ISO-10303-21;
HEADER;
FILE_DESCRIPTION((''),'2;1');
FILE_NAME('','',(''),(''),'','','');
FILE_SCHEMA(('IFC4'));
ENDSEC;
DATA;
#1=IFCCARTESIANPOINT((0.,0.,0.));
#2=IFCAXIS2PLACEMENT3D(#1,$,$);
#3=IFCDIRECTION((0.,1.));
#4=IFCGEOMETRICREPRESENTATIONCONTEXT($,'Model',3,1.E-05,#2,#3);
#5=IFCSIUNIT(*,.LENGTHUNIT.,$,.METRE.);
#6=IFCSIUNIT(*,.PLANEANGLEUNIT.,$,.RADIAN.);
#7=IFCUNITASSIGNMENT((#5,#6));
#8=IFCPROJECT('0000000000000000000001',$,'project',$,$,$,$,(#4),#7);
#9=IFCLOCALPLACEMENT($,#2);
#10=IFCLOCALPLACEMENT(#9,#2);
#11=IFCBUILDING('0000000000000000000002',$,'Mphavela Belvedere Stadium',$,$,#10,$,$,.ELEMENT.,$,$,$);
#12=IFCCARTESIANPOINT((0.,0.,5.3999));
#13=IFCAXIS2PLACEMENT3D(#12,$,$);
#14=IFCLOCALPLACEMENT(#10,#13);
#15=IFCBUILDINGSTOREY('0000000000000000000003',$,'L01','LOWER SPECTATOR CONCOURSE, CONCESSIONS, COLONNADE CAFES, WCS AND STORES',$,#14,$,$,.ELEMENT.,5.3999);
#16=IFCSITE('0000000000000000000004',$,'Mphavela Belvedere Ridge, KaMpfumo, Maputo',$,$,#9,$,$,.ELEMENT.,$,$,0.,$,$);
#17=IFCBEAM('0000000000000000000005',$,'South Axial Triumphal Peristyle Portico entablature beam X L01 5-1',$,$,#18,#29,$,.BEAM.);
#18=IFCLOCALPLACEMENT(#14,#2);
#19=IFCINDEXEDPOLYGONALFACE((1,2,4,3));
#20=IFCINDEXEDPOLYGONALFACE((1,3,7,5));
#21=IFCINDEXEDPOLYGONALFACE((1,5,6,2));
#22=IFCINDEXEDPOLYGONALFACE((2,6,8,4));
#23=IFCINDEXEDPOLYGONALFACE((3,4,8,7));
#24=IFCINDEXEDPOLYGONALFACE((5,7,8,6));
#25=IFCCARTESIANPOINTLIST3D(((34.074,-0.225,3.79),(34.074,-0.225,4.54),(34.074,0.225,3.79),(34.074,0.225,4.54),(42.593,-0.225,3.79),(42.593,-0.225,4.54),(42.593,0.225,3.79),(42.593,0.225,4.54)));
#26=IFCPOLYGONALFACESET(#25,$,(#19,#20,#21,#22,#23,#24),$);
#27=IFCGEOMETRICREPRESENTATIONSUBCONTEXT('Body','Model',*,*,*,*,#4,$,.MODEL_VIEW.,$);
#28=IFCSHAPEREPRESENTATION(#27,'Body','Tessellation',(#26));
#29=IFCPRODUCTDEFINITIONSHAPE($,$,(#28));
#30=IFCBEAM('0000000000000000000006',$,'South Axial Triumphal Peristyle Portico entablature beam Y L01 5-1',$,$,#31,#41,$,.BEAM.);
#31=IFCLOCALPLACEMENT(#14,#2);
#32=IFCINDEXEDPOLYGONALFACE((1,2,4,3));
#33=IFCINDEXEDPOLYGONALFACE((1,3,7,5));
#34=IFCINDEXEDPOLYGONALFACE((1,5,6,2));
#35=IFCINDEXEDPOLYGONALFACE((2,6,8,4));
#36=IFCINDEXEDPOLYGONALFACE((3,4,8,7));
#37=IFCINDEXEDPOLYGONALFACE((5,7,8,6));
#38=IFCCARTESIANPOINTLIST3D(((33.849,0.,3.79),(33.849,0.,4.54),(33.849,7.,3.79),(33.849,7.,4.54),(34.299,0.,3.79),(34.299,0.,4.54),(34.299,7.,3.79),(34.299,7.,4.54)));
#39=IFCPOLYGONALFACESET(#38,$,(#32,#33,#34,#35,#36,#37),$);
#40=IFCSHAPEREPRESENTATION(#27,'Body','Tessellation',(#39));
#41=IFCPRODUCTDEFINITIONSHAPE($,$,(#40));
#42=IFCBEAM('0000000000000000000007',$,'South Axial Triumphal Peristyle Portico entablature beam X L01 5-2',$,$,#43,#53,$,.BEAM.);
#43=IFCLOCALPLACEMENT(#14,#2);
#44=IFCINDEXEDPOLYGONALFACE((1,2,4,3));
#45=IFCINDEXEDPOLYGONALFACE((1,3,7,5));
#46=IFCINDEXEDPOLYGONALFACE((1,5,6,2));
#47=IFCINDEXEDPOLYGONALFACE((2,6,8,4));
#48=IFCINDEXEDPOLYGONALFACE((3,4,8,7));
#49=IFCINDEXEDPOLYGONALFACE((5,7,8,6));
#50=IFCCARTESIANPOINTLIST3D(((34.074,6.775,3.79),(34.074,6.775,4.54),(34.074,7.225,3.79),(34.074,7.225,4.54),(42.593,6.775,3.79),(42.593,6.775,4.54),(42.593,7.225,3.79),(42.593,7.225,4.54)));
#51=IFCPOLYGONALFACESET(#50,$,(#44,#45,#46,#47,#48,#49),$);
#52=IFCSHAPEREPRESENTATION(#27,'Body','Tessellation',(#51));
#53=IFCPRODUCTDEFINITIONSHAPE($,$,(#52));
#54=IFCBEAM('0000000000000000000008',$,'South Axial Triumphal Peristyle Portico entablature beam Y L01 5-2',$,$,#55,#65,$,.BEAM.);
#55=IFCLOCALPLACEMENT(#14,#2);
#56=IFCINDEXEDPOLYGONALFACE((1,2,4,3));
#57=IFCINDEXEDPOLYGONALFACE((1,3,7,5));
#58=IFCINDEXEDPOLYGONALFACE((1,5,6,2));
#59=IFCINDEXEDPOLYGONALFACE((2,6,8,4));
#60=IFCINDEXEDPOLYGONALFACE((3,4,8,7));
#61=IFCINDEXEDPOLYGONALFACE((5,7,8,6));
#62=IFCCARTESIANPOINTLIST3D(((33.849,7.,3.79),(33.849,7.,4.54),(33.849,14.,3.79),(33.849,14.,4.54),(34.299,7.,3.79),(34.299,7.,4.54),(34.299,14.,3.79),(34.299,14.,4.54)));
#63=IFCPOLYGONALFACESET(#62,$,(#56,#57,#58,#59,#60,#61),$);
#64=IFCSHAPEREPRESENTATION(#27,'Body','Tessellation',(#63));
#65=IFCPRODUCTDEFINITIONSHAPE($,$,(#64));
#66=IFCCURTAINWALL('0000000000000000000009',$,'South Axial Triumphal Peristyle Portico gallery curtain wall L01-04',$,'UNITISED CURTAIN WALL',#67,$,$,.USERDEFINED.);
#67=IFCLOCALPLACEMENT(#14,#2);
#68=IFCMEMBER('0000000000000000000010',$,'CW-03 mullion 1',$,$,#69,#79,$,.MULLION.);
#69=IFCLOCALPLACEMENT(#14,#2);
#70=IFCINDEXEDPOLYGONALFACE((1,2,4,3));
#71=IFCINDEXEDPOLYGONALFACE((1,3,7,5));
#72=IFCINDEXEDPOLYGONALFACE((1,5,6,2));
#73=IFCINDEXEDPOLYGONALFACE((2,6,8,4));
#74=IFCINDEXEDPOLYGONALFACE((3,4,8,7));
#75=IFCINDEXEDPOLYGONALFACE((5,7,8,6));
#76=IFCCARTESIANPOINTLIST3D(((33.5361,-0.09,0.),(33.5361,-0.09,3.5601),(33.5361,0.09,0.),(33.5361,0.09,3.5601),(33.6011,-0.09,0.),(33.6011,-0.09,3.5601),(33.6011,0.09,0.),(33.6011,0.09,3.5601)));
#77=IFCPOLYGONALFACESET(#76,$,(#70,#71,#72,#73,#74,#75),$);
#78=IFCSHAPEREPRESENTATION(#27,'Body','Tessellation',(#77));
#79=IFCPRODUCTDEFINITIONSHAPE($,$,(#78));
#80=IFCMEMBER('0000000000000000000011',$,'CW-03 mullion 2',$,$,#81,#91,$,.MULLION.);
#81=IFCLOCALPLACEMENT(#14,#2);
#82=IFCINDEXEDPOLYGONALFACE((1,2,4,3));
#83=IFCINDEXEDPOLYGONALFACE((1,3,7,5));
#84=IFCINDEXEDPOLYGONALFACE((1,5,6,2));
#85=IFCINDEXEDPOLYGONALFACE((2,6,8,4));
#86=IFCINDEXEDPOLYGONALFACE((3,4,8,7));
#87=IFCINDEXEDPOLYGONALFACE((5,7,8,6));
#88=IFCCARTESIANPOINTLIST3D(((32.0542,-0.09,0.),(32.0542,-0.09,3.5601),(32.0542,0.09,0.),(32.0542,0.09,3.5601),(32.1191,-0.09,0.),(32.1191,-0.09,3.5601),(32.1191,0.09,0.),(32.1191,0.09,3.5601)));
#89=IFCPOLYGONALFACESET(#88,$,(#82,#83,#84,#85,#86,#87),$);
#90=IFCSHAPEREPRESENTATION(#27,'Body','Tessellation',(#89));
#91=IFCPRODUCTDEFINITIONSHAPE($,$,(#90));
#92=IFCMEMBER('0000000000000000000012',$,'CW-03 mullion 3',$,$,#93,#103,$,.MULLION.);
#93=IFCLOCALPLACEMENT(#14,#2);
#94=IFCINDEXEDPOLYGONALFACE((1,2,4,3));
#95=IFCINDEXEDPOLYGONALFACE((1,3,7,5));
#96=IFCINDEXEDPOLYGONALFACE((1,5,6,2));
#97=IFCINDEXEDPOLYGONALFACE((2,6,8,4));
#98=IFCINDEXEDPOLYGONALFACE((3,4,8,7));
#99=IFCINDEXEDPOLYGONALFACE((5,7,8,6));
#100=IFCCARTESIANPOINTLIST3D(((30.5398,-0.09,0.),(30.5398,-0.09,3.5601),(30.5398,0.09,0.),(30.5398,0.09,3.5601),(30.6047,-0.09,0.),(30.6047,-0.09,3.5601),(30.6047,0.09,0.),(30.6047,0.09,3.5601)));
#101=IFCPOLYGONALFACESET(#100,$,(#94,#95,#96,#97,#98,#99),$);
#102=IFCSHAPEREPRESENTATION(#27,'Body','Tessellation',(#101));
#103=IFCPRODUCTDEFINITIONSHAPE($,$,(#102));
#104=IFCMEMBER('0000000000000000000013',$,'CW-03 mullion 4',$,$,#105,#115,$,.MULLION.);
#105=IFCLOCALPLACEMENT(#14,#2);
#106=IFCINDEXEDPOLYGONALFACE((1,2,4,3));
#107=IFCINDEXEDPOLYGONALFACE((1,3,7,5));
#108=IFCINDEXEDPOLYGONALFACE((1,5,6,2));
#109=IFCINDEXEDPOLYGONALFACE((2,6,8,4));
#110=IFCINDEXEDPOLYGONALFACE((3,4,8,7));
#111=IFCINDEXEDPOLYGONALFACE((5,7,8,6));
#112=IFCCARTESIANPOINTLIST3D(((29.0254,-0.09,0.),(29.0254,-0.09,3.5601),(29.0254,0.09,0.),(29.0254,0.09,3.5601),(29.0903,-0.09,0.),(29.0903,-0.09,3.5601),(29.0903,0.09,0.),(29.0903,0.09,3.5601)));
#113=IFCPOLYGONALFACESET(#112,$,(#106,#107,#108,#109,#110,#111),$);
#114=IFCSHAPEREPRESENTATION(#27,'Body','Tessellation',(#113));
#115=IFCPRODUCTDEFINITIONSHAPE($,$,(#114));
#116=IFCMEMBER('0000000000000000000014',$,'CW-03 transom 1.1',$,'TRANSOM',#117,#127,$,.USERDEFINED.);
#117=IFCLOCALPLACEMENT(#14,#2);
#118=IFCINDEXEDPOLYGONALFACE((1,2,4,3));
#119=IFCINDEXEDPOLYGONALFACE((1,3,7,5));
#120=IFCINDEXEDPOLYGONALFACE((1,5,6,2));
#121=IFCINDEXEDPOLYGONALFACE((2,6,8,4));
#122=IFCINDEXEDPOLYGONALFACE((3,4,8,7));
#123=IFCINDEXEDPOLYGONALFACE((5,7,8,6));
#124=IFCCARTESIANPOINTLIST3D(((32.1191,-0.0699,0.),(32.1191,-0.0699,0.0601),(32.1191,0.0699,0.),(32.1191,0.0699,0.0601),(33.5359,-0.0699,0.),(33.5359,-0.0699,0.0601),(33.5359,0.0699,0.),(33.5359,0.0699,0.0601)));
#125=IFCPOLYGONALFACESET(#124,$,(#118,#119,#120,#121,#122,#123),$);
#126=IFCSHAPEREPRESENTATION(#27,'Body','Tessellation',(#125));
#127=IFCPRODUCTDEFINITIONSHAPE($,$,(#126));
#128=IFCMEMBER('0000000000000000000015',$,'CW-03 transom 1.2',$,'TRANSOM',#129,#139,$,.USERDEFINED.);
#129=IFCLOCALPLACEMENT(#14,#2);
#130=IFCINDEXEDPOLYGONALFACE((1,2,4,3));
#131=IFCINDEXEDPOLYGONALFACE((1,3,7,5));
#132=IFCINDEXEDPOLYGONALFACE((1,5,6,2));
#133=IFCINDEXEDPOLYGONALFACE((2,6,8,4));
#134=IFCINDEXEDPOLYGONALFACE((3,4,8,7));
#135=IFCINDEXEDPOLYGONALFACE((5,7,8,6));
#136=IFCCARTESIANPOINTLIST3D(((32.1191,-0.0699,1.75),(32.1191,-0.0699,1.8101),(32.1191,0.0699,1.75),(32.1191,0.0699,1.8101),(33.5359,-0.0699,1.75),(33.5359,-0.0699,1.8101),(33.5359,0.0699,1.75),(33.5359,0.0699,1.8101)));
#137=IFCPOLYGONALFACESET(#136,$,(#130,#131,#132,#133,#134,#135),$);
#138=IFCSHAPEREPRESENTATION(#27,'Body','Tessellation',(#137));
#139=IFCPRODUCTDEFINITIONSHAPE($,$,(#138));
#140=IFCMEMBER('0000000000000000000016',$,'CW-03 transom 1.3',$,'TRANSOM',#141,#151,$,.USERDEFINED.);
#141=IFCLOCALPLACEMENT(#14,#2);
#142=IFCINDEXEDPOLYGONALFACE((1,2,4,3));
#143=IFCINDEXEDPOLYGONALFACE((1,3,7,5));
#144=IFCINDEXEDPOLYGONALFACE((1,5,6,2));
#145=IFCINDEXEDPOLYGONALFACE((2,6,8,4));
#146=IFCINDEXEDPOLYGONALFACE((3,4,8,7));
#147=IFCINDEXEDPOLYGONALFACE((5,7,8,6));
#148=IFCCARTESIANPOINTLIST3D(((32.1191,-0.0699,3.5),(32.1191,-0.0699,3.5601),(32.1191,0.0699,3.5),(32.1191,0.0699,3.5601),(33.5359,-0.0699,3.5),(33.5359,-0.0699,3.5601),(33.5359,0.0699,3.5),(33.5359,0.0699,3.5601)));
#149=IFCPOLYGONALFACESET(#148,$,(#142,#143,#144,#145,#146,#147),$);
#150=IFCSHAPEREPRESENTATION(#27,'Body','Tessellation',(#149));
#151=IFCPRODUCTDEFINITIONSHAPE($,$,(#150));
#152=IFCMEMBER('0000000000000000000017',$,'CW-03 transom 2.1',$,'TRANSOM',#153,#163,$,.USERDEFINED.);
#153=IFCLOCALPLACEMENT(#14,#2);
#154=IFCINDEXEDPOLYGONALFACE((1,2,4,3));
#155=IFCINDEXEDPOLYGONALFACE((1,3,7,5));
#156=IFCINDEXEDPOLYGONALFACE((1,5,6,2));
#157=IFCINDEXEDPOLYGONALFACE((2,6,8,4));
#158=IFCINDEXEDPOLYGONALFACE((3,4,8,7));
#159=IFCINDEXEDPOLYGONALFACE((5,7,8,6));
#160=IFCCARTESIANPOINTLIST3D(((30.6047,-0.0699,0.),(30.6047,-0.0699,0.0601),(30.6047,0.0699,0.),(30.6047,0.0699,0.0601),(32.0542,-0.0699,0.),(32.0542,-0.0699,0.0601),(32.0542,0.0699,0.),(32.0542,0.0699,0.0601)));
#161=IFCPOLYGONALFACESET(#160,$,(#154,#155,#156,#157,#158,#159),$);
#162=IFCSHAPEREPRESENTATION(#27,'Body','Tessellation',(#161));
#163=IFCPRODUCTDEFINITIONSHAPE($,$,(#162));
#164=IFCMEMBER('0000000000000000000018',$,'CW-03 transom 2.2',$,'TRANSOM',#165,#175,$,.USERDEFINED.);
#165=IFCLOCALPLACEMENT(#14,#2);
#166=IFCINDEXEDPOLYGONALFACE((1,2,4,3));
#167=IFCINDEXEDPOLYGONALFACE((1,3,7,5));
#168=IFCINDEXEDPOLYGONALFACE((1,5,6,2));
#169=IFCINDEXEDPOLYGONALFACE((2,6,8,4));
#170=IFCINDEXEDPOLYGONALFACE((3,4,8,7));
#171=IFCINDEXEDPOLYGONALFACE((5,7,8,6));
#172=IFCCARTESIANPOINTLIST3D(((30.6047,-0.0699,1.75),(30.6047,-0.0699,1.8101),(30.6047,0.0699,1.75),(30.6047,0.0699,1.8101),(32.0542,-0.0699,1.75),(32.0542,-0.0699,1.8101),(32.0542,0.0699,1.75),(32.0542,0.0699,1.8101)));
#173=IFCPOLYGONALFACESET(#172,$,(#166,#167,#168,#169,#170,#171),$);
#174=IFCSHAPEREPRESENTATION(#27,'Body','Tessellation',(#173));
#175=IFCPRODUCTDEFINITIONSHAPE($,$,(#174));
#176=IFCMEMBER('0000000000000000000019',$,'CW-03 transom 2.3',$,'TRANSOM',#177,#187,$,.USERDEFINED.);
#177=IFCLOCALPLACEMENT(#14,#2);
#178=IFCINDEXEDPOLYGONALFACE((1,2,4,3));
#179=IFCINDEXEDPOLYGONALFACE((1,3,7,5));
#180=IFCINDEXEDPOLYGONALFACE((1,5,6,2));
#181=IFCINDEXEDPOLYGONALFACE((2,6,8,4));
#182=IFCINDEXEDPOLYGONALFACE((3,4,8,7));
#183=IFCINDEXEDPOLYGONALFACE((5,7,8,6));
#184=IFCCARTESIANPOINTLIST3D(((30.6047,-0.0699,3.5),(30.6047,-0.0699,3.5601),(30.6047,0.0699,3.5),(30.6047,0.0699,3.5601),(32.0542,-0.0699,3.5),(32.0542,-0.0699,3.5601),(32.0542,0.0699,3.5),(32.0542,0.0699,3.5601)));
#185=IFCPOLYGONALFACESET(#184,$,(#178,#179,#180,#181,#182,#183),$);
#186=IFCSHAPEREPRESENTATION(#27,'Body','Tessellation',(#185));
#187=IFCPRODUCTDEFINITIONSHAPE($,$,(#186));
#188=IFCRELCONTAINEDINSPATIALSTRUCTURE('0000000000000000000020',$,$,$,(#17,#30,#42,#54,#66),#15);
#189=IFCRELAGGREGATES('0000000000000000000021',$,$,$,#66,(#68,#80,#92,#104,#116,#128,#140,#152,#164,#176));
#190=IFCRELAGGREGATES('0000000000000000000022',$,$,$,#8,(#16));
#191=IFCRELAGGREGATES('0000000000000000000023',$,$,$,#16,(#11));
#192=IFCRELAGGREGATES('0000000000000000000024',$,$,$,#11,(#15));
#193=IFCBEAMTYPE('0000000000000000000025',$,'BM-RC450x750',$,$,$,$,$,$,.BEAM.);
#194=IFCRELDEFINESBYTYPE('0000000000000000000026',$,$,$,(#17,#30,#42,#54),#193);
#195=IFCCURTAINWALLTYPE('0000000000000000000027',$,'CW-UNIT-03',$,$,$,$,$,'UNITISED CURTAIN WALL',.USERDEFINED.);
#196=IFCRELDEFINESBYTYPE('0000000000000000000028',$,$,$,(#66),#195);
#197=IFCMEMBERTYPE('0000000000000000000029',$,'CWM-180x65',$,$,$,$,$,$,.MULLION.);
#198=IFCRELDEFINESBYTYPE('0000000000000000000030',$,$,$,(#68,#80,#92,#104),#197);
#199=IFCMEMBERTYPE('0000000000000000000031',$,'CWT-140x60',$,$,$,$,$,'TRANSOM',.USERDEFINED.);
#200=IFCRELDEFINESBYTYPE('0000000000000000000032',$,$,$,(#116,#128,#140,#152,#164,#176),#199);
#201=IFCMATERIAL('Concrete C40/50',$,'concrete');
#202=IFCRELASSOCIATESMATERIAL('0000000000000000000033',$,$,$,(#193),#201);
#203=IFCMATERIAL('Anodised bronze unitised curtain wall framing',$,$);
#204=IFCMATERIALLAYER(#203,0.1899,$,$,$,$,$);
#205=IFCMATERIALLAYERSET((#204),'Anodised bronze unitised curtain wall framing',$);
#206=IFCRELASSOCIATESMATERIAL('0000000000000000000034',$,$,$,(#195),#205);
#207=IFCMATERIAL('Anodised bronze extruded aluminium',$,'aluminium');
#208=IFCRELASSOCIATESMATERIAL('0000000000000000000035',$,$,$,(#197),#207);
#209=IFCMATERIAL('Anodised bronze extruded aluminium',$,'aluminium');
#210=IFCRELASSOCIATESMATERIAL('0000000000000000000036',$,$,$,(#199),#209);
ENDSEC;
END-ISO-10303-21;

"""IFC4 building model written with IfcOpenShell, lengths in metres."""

from ifc_helpers import new_model, si_unit, direction, frame, origin, origin_2d, place, context, subcontext, project, spatial, rectangle, extrude, material, layer, layer_set, material_profile, profile_set, type_object, element, aggregate, save


model = new_model("IFC4")

# Units and contexts
model_context = context("Model", 3, precision=1e-05, world=origin(), true_north=direction((0.0, 1.0)))
body_context = subcontext(model_context, "Body", "Model", "MODEL_VIEW")
ifc_project = project(units=[si_unit("LENGTHUNIT", "METRE"), si_unit("PLANEANGLEUNIT", "RADIAN")], contexts=[model_context])

# Site, building, storey
site_placement = place(None, origin())
site = spatial("IfcSite", under=ifc_project, at=site_placement, Name="Mphavela Belvedere Ridge, KaMpfumo, Maputo", CompositionType="ELEMENT", RefElevation=0.0)
building_placement = place(site_placement, origin())
building = spatial("IfcBuilding", under=site, at=building_placement, Name="Mphavela Belvedere Stadium", CompositionType="ELEMENT")
storey_placement = place(building_placement, frame((0.0, 0.0, 5.3999)))
storey = spatial("IfcBuildingStorey", under=building, at=storey_placement, Name="L01", Description="LOWER SPECTATOR CONCOURSE, CONCESSIONS, COLONNADE CAFES, WCS AND STORES", CompositionType="ELEMENT", Elevation=5.3999)

# Beams
ifc_material_1 = material(Name="Concrete C40/50", Category="concrete")
ifc_material_profile_1 = material_profile(ifc_material_1, rectangle(XDim=0.45, YDim=0.75, at=origin_2d()), Name="RC 450x750")
ifc_profile_set_1 = profile_set([ifc_material_profile_1], Name="Concrete C40/50")
beam_type_1 = type_object("IfcBeamType", Name="BM-RC450x750", PredefinedType="BEAM", material=ifc_profile_set_1)
beam_1_placement = place(storey_placement, frame((34.074, 0.0, 4.165), z_axis=(1.0, 0.0, 0.0), x_axis=(0.0, 1.0, 0.0)))
element("IfcBeam", 1, at=beam_1_placement, inside=storey, type_object=beam_type_1, Name="South Axial Triumphal Peristyle Portico entablature beam X L01 5-1", PredefinedType="BEAM", context=body_context, shape_type="SweptSolid", body=[
    extrude(rectangle(XDim=0.45, YDim=0.75, at=origin_2d()), origin(), (0.0, 0.0, 1.0), 8.519),
])
beam_2_placement = place(storey_placement, frame((34.074, 0.0, 4.165), z_axis=(0.0, 1.0, 0.0), x_axis=(-1.0, 0.0, 0.0)))
element("IfcBeam", 2, at=beam_2_placement, inside=storey, type_object=beam_type_1, Name="South Axial Triumphal Peristyle Portico entablature beam Y L01 5-1", PredefinedType="BEAM", context=body_context, shape_type="SweptSolid", body=[
    extrude(rectangle(XDim=0.45, YDim=0.75, at=origin_2d()), origin(), (0.0, 0.0, 1.0), 7.0),
])
beam_3_placement = place(storey_placement, frame((34.074, 7.0, 4.165), z_axis=(1.0, 0.0, 0.0), x_axis=(0.0, 1.0, 0.0)))
element("IfcBeam", 3, at=beam_3_placement, inside=storey, type_object=beam_type_1, Name="South Axial Triumphal Peristyle Portico entablature beam X L01 5-2", PredefinedType="BEAM", context=body_context, shape_type="SweptSolid", body=[
    extrude(rectangle(XDim=0.45, YDim=0.75, at=origin_2d()), origin(), (0.0, 0.0, 1.0), 8.519),
])
beam_4_placement = place(storey_placement, frame((34.074, 7.0, 4.165), z_axis=(0.0, 1.0, 0.0), x_axis=(-1.0, 0.0, 0.0)))
element("IfcBeam", 4, at=beam_4_placement, inside=storey, type_object=beam_type_1, Name="South Axial Triumphal Peristyle Portico entablature beam Y L01 5-2", PredefinedType="BEAM", context=body_context, shape_type="SweptSolid", body=[
    extrude(rectangle(XDim=0.45, YDim=0.75, at=origin_2d()), origin(), (0.0, 0.0, 1.0), 7.0),
])

# Curtain wall, members
ifc_material_2 = material(Name="Anodised bronze unitised curtain wall framing")
ifc_layer_1 = layer(ifc_material_2, 0.1899)
ifc_layer_set_1 = layer_set([ifc_layer_1], Name="Anodised bronze unitised curtain wall framing")
curtain_wall_type = type_object("IfcCurtainWallType", Name="CW-UNIT-03", ElementType="UNITISED CURTAIN WALL", PredefinedType="USERDEFINED", material=ifc_layer_set_1)
curtain_wall_placement = place(storey_placement, origin())
curtain_wall = element("IfcCurtainWall", 5, at=curtain_wall_placement, inside=storey, type_object=curtain_wall_type, Name="South Axial Triumphal Peristyle Portico gallery curtain wall L01-04", ObjectType="UNITISED CURTAIN WALL", PredefinedType="USERDEFINED")
ifc_material_3 = material(Name="Anodised bronze extruded aluminium", Category="aluminium")
ifc_material_profile_2 = material_profile(ifc_material_3, rectangle(XDim=0.1799, YDim=0.0649, at=origin_2d()), Name="CW-MUL 180x65")
ifc_profile_set_2 = profile_set([ifc_material_profile_2], Name="Anodised bronze extruded aluminium")
member_type_1 = type_object("IfcMemberType", Name="CWM-180x65", PredefinedType="MULLION", material=ifc_profile_set_2)
member_1_placement = place(storey_placement, frame((33.5686, 0.0, 0.0), z_axis=(0.0, 0.0, 1.0), x_axis=(0.0, -1.0, 0.0)))
member_1 = element("IfcMember", 6, at=member_1_placement, type_object=member_type_1, Name="CW-03 mullion 1", PredefinedType="MULLION", context=body_context, shape_type="SweptSolid", body=[
    extrude(rectangle(XDim=0.1799, YDim=0.0649, at=origin_2d()), origin(), (0.0, 0.0, 1.0), 3.5601),
])
member_2_placement = place(storey_placement, frame((32.0867, 0.0, 0.0), z_axis=(0.0, 0.0, 1.0), x_axis=(0.0, -1.0, 0.0)))
member_2 = element("IfcMember", 7, at=member_2_placement, type_object=member_type_1, Name="CW-03 mullion 2", PredefinedType="MULLION", context=body_context, shape_type="SweptSolid", body=[
    extrude(rectangle(XDim=0.1799, YDim=0.0649, at=origin_2d()), origin(), (0.0, 0.0, 1.0), 3.5601),
])
member_3_placement = place(storey_placement, frame((30.5723, 0.0, 0.0), z_axis=(0.0, 0.0, 1.0), x_axis=(0.0, -1.0, 0.0)))
member_3 = element("IfcMember", 8, at=member_3_placement, type_object=member_type_1, Name="CW-03 mullion 3", PredefinedType="MULLION", context=body_context, shape_type="SweptSolid", body=[
    extrude(rectangle(XDim=0.1799, YDim=0.0649, at=origin_2d()), origin(), (0.0, 0.0, 1.0), 3.5601),
])
member_4_placement = place(storey_placement, frame((29.0579, 0.0, 0.0), z_axis=(0.0, 0.0, 1.0), x_axis=(0.0, -1.0, 0.0)))
member_4 = element("IfcMember", 9, at=member_4_placement, type_object=member_type_1, Name="CW-03 mullion 4", PredefinedType="MULLION", context=body_context, shape_type="SweptSolid", body=[
    extrude(rectangle(XDim=0.1799, YDim=0.0649, at=origin_2d()), origin(), (0.0, 0.0, 1.0), 3.5601),
])
ifc_material_4 = material(Name="Anodised bronze extruded aluminium", Category="aluminium")
ifc_material_profile_3 = material_profile(ifc_material_4, rectangle(XDim=0.1399, YDim=0.0601, at=origin_2d()), Name="CW-TRN 140x60")
ifc_profile_set_3 = profile_set([ifc_material_profile_3], Name="Anodised bronze extruded aluminium")
member_type_2 = type_object("IfcMemberType", Name="CWT-140x60", ElementType="TRANSOM", PredefinedType="USERDEFINED", material=ifc_profile_set_3)
member_5_placement = place(storey_placement, frame((33.5359, 0.0, 0.03), z_axis=(-1.0, 0.0, 0.0), x_axis=(0.0, -1.0, 0.0)))
member_5 = element("IfcMember", 10, at=member_5_placement, type_object=member_type_2, Name="CW-03 transom 1.1", ObjectType="TRANSOM", PredefinedType="USERDEFINED", context=body_context, shape_type="SweptSolid", body=[
    extrude(rectangle(XDim=0.1399, YDim=0.0601, at=origin_2d()), origin(), (0.0, 0.0, 1.0), 1.4167),
])
member_6_placement = place(storey_placement, frame((33.5359, 0.0, 1.78), z_axis=(-1.0, 0.0, 0.0), x_axis=(0.0, -1.0, 0.0)))
member_6 = element("IfcMember", 11, at=member_6_placement, type_object=member_type_2, Name="CW-03 transom 1.2", ObjectType="TRANSOM", PredefinedType="USERDEFINED", context=body_context, shape_type="SweptSolid", body=[
    extrude(rectangle(XDim=0.1399, YDim=0.0601, at=origin_2d()), origin(), (0.0, 0.0, 1.0), 1.4167),
])
member_7_placement = place(storey_placement, frame((33.5359, 0.0, 3.53), z_axis=(-1.0, 0.0, 0.0), x_axis=(0.0, -1.0, 0.0)))
member_7 = element("IfcMember", 12, at=member_7_placement, type_object=member_type_2, Name="CW-03 transom 1.3", ObjectType="TRANSOM", PredefinedType="USERDEFINED", context=body_context, shape_type="SweptSolid", body=[
    extrude(rectangle(XDim=0.1399, YDim=0.0601, at=origin_2d()), origin(), (0.0, 0.0, 1.0), 1.4167),
])
member_8_placement = place(storey_placement, frame((32.0542, 0.0, 0.03), z_axis=(-1.0, 0.0, 0.0), x_axis=(0.0, -1.0, 0.0)))
member_8 = element("IfcMember", 13, at=member_8_placement, type_object=member_type_2, Name="CW-03 transom 2.1", ObjectType="TRANSOM", PredefinedType="USERDEFINED", context=body_context, shape_type="SweptSolid", body=[
    extrude(rectangle(XDim=0.1399, YDim=0.0601, at=origin_2d()), origin(), (0.0, 0.0, 1.0), 1.4495),
])
member_9_placement = place(storey_placement, frame((32.0542, 0.0, 1.78), z_axis=(-1.0, 0.0, 0.0), x_axis=(0.0, -1.0, 0.0)))
member_9 = element("IfcMember", 14, at=member_9_placement, type_object=member_type_2, Name="CW-03 transom 2.2", ObjectType="TRANSOM", PredefinedType="USERDEFINED", context=body_context, shape_type="SweptSolid", body=[
    extrude(rectangle(XDim=0.1399, YDim=0.0601, at=origin_2d()), origin(), (0.0, 0.0, 1.0), 1.4495),
])
member_10_placement = place(storey_placement, frame((32.0542, 0.0, 3.53), z_axis=(-1.0, 0.0, 0.0), x_axis=(0.0, -1.0, 0.0)))
member_10 = element("IfcMember", 15, at=member_10_placement, type_object=member_type_2, Name="CW-03 transom 2.3", ObjectType="TRANSOM", PredefinedType="USERDEFINED", context=body_context, shape_type="SweptSolid", body=[
    extrude(rectangle(XDim=0.1399, YDim=0.0601, at=origin_2d()), origin(), (0.0, 0.0, 1.0), 1.4495),
])
aggregate(curtain_wall, [member_1, member_2, member_3, member_4, member_5, member_6, member_7, member_8, member_9, member_10])

save(model, "model.ifc")
